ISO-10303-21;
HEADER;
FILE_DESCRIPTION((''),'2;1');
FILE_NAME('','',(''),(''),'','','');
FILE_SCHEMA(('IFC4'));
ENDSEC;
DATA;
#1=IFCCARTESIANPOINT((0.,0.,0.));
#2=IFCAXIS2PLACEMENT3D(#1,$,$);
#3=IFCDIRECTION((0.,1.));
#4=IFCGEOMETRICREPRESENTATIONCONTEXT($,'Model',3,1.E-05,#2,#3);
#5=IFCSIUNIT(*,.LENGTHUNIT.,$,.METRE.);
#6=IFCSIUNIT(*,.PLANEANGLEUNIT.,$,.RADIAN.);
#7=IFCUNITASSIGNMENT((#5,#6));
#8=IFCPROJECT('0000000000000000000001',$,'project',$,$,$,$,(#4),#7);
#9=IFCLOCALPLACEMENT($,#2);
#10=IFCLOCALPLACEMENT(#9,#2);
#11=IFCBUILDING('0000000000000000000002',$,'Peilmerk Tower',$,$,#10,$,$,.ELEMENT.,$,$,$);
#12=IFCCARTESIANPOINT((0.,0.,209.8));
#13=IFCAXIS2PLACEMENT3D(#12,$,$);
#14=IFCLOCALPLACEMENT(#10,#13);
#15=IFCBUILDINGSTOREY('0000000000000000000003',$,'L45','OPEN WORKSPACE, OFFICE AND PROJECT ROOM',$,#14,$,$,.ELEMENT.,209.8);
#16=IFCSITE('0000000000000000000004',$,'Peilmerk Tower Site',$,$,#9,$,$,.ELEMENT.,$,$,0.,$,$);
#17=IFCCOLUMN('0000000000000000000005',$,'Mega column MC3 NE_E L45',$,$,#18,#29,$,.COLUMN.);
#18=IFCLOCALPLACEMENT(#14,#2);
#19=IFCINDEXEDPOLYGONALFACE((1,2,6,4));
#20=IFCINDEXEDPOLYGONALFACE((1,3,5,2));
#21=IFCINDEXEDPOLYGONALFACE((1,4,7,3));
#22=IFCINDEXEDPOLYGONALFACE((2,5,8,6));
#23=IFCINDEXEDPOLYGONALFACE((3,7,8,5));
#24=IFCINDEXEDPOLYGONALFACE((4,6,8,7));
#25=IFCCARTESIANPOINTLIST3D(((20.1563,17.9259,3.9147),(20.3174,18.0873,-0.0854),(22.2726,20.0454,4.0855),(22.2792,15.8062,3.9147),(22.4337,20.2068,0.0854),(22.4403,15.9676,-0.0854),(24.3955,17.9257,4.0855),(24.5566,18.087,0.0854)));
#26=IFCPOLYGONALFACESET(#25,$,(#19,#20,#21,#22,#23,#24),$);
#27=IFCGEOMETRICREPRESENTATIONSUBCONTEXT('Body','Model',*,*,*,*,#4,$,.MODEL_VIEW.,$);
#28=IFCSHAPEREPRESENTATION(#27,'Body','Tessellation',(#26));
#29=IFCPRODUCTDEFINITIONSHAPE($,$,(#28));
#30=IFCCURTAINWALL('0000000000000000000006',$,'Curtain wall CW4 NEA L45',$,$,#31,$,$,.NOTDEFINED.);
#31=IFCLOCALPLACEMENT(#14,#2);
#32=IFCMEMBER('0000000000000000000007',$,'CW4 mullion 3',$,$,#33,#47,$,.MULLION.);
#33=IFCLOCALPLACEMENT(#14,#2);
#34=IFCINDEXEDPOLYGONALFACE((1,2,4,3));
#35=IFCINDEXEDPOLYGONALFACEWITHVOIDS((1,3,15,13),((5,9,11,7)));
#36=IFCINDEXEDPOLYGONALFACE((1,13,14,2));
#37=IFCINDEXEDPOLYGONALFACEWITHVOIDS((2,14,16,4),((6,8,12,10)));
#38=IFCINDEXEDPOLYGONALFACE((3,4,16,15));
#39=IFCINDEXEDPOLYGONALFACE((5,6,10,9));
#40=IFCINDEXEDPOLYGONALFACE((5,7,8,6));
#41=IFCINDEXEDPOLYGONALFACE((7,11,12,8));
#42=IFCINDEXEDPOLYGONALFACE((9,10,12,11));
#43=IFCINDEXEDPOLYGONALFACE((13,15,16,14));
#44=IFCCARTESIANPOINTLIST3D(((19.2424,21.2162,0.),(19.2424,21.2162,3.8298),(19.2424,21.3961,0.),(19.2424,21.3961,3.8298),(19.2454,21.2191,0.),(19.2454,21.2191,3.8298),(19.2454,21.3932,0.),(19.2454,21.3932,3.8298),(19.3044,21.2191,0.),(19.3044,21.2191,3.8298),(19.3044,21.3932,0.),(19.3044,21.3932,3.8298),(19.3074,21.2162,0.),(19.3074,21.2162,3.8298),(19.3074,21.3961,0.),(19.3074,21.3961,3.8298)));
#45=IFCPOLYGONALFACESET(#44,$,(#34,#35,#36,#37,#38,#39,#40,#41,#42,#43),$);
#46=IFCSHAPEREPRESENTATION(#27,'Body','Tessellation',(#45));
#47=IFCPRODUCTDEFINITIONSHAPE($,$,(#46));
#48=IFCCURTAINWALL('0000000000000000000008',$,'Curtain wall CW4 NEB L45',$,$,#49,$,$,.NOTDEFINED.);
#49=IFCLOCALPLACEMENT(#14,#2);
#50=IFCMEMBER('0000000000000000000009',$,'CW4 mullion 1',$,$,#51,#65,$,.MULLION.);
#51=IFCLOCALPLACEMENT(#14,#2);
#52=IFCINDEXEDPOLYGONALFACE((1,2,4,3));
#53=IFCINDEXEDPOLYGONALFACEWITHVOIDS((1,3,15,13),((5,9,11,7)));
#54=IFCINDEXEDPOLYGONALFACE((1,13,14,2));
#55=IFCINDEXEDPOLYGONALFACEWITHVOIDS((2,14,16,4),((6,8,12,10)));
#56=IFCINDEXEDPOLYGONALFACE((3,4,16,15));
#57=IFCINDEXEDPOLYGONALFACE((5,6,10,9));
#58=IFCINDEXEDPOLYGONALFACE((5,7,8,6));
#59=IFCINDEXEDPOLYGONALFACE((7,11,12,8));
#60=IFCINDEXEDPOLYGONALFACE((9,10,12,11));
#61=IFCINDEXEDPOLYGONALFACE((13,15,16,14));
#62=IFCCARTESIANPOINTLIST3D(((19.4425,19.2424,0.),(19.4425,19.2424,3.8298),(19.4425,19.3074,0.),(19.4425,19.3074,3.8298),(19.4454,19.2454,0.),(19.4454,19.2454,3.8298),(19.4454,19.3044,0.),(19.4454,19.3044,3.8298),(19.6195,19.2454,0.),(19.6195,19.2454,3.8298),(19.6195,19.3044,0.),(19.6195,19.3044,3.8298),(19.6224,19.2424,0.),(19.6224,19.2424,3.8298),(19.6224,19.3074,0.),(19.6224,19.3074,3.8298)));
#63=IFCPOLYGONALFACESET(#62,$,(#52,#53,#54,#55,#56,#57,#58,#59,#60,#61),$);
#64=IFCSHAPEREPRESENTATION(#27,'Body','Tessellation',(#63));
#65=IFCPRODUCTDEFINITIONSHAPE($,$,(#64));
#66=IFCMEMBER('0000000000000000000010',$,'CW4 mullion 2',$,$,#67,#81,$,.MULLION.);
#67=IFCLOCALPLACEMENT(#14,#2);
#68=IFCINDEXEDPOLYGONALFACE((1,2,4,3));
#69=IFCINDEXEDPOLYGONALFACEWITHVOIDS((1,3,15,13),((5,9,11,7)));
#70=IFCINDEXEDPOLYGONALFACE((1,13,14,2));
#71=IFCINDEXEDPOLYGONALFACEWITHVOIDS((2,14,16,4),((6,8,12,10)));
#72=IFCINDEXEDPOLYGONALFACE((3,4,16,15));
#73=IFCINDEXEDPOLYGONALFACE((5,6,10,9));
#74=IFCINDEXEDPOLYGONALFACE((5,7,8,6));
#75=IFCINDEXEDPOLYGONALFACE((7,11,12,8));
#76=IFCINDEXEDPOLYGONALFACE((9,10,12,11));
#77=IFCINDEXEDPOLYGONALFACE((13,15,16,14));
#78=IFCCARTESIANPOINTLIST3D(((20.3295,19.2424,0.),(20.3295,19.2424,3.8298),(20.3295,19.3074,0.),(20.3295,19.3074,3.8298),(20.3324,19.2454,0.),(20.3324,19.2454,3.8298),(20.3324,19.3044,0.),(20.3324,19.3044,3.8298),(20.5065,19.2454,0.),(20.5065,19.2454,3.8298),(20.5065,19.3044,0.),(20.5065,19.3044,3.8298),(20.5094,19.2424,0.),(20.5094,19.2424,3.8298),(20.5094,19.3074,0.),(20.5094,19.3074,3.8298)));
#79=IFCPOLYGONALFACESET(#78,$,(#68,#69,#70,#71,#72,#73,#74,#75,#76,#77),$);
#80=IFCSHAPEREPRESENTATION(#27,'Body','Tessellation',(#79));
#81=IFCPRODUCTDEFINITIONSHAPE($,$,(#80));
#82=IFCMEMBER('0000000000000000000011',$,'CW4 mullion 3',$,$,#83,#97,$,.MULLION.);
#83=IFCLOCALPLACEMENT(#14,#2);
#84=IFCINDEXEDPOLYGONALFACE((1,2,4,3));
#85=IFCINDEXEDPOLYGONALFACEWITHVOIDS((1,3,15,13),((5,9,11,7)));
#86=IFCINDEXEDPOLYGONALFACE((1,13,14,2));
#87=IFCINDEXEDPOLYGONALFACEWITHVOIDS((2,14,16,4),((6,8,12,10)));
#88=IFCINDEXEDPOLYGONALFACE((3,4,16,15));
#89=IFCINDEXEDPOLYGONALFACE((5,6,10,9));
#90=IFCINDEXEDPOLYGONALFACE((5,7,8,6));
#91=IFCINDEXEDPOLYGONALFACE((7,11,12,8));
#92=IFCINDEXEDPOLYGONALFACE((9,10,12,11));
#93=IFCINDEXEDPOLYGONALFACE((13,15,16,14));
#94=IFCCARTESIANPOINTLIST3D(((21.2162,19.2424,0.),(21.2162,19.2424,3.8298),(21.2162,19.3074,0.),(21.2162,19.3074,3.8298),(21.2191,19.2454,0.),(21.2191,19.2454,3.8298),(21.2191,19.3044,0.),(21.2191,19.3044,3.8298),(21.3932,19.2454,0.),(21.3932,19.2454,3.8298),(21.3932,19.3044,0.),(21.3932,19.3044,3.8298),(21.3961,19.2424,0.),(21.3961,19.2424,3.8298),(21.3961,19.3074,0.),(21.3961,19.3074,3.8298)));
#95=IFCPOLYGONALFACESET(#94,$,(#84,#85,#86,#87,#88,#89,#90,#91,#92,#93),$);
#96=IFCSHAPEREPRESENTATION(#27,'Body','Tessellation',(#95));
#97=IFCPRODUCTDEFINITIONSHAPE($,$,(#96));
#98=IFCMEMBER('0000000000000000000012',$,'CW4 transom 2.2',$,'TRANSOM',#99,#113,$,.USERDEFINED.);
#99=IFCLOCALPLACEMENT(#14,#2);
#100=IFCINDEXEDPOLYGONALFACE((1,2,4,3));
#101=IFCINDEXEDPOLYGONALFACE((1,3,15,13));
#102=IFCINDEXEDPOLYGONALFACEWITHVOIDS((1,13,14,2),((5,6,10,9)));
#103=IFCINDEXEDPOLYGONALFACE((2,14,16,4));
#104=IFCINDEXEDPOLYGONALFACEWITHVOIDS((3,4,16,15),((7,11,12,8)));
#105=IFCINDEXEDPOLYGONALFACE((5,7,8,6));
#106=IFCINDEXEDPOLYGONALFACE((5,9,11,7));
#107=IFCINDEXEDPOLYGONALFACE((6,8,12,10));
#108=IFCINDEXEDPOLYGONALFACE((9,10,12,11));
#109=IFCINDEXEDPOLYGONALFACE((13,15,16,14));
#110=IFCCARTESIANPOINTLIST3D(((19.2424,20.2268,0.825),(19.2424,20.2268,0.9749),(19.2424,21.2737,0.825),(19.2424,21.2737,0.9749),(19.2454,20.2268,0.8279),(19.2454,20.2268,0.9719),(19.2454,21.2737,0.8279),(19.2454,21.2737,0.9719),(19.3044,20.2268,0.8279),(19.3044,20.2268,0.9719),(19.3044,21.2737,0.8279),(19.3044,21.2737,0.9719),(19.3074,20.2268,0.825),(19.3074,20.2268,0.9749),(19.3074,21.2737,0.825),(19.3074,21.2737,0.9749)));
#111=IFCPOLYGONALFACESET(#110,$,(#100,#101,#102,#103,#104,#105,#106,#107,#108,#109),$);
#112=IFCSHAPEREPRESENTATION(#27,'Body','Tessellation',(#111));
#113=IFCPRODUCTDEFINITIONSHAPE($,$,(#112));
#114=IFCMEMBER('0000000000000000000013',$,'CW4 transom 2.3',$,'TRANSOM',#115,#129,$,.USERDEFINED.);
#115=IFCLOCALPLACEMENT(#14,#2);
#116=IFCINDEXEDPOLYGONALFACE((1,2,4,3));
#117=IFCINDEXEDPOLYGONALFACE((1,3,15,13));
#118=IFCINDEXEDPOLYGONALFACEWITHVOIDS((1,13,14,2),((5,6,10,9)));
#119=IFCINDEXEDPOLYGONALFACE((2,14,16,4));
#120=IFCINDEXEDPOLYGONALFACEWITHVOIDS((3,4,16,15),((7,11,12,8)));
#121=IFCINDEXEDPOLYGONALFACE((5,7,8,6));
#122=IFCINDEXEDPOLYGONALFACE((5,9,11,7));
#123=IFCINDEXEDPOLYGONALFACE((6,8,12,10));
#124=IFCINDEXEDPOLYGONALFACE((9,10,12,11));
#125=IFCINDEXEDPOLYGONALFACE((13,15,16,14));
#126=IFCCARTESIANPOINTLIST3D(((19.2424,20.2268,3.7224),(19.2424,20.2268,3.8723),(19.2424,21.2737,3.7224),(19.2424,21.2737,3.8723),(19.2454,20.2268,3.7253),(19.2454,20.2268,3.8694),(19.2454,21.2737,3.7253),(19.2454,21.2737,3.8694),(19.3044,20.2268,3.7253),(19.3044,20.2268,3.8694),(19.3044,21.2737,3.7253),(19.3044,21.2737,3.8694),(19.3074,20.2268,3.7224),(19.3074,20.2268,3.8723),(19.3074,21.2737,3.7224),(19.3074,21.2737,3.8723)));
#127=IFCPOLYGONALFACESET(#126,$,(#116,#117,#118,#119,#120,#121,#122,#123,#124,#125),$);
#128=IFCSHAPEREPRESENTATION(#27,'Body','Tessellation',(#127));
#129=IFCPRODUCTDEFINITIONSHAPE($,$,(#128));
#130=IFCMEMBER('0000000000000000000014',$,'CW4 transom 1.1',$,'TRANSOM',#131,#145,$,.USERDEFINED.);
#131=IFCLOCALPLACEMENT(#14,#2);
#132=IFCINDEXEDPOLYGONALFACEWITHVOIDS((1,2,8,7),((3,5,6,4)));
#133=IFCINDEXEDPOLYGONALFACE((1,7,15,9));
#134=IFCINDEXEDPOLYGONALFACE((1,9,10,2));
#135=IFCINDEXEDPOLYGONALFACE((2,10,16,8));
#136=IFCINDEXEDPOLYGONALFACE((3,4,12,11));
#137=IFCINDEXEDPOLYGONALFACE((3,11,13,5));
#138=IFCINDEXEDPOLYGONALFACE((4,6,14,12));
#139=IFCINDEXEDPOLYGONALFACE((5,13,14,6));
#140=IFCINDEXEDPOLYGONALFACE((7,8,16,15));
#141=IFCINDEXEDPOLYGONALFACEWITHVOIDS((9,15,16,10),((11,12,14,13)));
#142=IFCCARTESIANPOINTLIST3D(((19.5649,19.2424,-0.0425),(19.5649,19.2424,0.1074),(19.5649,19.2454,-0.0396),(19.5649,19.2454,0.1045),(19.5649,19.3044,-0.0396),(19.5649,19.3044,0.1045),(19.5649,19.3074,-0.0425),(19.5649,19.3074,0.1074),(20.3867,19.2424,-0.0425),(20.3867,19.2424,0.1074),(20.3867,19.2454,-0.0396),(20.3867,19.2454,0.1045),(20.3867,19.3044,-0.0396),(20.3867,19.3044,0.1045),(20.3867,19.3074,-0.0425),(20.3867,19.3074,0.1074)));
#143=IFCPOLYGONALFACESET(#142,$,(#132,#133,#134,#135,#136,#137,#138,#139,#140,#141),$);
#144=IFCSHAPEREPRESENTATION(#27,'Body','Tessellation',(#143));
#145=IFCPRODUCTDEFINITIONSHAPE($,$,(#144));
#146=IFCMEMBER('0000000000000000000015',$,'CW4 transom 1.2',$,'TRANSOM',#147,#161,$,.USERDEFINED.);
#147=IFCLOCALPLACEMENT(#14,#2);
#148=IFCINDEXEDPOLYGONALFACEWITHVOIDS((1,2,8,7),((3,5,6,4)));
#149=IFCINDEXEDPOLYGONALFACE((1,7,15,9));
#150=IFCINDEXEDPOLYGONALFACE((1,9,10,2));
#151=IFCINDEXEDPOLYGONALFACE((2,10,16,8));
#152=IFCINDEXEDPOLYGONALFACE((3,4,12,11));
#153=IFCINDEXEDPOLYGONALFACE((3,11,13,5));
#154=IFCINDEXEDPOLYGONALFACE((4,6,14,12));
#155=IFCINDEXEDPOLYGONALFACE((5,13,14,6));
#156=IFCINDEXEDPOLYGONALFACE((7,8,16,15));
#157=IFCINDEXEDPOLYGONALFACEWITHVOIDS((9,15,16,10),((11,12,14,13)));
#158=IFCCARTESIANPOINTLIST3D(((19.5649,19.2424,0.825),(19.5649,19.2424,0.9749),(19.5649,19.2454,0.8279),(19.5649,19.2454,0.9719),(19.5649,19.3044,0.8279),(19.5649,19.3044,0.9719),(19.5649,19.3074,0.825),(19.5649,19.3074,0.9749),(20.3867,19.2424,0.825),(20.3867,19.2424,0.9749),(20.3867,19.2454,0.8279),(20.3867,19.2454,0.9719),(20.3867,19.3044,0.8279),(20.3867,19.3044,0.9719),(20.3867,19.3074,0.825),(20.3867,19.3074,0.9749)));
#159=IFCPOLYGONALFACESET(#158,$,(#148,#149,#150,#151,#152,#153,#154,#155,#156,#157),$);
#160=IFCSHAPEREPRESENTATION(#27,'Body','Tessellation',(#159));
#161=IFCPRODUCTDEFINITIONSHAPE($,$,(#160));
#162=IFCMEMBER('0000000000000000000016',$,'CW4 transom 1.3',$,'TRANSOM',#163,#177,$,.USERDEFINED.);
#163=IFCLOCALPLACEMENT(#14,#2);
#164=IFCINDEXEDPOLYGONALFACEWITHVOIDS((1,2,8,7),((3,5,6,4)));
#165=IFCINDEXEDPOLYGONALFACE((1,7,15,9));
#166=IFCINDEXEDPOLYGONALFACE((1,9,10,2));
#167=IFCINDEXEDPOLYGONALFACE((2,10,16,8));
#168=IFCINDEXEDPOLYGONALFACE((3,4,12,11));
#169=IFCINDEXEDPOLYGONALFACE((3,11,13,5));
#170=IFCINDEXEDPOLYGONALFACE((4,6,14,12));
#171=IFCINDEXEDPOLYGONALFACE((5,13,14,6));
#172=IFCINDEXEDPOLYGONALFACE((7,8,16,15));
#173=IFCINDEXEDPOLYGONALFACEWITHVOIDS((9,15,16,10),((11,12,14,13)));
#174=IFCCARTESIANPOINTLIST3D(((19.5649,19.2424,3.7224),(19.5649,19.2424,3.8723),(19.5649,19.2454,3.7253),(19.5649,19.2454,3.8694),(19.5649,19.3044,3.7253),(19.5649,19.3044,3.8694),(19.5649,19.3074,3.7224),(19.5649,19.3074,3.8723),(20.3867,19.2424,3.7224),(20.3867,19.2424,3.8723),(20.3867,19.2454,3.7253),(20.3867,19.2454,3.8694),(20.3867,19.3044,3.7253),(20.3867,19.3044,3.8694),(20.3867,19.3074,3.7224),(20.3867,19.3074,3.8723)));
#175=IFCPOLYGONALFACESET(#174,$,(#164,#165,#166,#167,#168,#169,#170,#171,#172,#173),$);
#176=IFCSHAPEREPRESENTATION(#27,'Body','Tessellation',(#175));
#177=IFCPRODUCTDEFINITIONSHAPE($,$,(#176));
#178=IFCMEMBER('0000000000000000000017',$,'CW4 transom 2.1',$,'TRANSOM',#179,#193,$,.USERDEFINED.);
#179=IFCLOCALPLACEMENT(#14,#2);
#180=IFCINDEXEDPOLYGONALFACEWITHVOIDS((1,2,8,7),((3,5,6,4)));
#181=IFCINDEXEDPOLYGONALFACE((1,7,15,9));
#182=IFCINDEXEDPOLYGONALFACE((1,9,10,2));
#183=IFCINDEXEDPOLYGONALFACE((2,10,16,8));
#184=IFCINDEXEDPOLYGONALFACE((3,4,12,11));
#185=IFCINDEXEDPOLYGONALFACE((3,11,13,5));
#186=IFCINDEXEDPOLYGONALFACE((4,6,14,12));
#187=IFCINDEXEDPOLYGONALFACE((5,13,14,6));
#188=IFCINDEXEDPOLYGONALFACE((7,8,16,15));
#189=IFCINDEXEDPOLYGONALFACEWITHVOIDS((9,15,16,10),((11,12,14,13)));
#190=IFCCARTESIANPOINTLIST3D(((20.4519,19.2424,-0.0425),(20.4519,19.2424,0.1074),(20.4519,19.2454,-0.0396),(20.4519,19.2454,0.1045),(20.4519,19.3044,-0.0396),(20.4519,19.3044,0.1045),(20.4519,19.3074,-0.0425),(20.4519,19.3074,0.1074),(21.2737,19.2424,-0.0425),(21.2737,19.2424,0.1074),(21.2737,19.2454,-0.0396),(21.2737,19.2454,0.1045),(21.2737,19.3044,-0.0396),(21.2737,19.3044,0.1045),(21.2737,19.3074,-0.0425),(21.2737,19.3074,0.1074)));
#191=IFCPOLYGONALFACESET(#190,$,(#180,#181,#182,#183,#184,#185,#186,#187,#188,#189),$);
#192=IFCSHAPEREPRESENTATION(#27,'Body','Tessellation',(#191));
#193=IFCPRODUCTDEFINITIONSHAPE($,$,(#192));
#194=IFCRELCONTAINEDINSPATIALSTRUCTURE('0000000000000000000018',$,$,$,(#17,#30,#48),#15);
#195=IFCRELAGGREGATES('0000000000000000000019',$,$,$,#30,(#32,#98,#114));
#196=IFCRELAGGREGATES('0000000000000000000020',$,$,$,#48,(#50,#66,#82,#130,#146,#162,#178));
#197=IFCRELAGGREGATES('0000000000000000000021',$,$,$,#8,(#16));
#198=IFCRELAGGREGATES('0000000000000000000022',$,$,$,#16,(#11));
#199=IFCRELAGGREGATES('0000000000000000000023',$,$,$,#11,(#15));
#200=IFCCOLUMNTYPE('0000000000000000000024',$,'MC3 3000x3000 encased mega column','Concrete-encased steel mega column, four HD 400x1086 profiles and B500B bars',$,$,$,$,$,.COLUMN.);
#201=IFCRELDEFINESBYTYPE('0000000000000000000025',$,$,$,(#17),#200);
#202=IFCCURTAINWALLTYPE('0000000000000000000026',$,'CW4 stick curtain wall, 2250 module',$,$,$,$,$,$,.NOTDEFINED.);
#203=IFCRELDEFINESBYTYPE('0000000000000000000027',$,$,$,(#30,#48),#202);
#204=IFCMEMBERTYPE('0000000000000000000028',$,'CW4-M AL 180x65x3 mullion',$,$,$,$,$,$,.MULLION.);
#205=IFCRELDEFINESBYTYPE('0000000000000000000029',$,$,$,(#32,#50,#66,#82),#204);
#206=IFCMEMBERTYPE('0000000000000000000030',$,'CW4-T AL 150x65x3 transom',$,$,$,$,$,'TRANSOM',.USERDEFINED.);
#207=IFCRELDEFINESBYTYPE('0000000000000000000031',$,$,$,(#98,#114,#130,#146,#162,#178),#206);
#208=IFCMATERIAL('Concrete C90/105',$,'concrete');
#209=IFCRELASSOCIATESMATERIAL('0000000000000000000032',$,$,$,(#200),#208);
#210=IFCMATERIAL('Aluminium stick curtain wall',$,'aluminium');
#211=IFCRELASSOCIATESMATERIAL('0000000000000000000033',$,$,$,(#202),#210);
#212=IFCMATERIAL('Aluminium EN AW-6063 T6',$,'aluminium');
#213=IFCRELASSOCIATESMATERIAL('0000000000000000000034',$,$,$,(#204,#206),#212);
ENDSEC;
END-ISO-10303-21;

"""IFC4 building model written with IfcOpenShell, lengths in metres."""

from ifc_helpers import new_model, si_unit, direction, frame, origin, origin_2d, place, context, subcontext, project, spatial, rectangle, hollow_rectangle, extrude, material, material_profile, profile_set, type_object, element, aggregate, save


model = new_model("IFC4")

# Units and contexts
model_context = context("Model", 3, precision=1e-05, world=origin(), true_north=direction((0.0, 1.0)))
body_context = subcontext(model_context, "Body", "Model", "MODEL_VIEW")
ifc_project = project(units=[si_unit("LENGTHUNIT", "METRE"), si_unit("PLANEANGLEUNIT", "RADIAN")], contexts=[model_context])

# Site, building, storey
site_placement = place(None, origin())
site = spatial("IfcSite", under=ifc_project, at=site_placement, Name="Peilmerk Tower Site", CompositionType="ELEMENT", RefElevation=0.0)
building_placement = place(site_placement, origin())
building = spatial("IfcBuilding", under=site, at=building_placement, Name="Peilmerk Tower", CompositionType="ELEMENT")
storey_placement = place(building_placement, frame((0.0, 0.0, 209.8)))
storey = spatial("IfcBuildingStorey", under=building, at=storey_placement, Name="L45", Description="OPEN WORKSPACE, OFFICE AND PROJECT ROOM", CompositionType="ELEMENT", Elevation=209.8)

# Column
ifc_material_1 = material(Name="Concrete C90/105", Category="concrete")
ifc_material_profile_1 = material_profile(ifc_material_1, rectangle(XDim=3.0, YDim=3.0, at=origin_2d()), Name="RC 3000x3000")
ifc_profile_set_1 = profile_set([ifc_material_profile_1], Name="Concrete C90/105")
column_type = type_object("IfcColumnType", Name="MC3 3000x3000 encased mega column", Description="Concrete-encased steel mega column, four HD 400x1086 profiles and B500B bars", PredefinedType="COLUMN", material=ifc_profile_set_1)
column_placement = place(storey_placement, frame((22.437, 18.0872, 0.0), z_axis=(-0.040218, -0.040279, 0.998379), x_axis=(0.707642, -0.706571, 0.0)))
element("IfcColumn", 1, at=column_placement, inside=storey, type_object=column_type, Name="Mega column MC3 NE_E L45", PredefinedType="COLUMN", context=body_context, shape_type="SweptSolid", body=[
    extrude(rectangle(XDim=3.0, YDim=3.0, at=origin_2d()), origin(), (0.0, 0.0, 1.0), 4.0066),
])

# Curtain wall, member
ifc_material_2 = material(Name="Aluminium stick curtain wall", Category="aluminium")
curtain_wall_type = type_object("IfcCurtainWallType", Name="CW4 stick curtain wall, 2250 module", PredefinedType="NOTDEFINED", material=ifc_material_2)
curtain_wall_1_placement = place(storey_placement, origin())
curtain_wall_1 = element("IfcCurtainWall", 2, at=curtain_wall_1_placement, inside=storey, type_object=curtain_wall_type, Name="Curtain wall CW4 NEA L45", PredefinedType="NOTDEFINED")
ifc_material_3 = material(Name="Aluminium EN AW-6063 T6", Category="aluminium")
ifc_material_profile_2 = material_profile(ifc_material_3, hollow_rectangle(XDim=0.0649, YDim=0.1799, WallThickness=0.0029, at=origin_2d()), Name="AL 180x65x3")
ifc_profile_set_2 = profile_set([ifc_material_profile_2], Name="Aluminium EN AW-6063 T6")
member_type_1 = type_object("IfcMemberType", Name="CW4-M AL 180x65x3 mullion", PredefinedType="MULLION", material=ifc_profile_set_2)
member_1_placement = place(storey_placement, frame((19.2749, 21.3062, 0.0), z_axis=(0.0, 0.0, 1.0), x_axis=(-1.0, 0.0, 0.0)))
member_1 = element("IfcMember", 3, at=member_1_placement, type_object=member_type_1, Name="CW4 mullion 3", PredefinedType="MULLION", context=body_context, shape_type="SweptSolid", body=[
    extrude(hollow_rectangle(XDim=0.0649, YDim=0.1799, WallThickness=0.0029, at=origin_2d()), origin(), (0.0, 0.0, 1.0), 3.8298),
])

# Curtain wall, members
curtain_wall_2_placement = place(storey_placement, origin())
curtain_wall_2 = element("IfcCurtainWall", 4, at=curtain_wall_2_placement, inside=storey, type_object=curtain_wall_type, Name="Curtain wall CW4 NEB L45", PredefinedType="NOTDEFINED")
member_2_placement = place(storey_placement, frame((19.5325, 19.2749, 0.0), z_axis=(0.0, 0.0, 1.0), x_axis=(0.0, 1.0, 0.0)))
member_2 = element("IfcMember", 5, at=member_2_placement, type_object=member_type_1, Name="CW4 mullion 1", PredefinedType="MULLION", context=body_context, shape_type="SweptSolid", body=[
    extrude(hollow_rectangle(XDim=0.0649, YDim=0.1799, WallThickness=0.0029, at=origin_2d()), origin(), (0.0, 0.0, 1.0), 3.8298),
])
member_3_placement = place(storey_placement, frame((20.4194, 19.2749, 0.0), z_axis=(0.0, 0.0, 1.0), x_axis=(0.0, 1.0, 0.0)))
member_3 = element("IfcMember", 6, at=member_3_placement, type_object=member_type_1, Name="CW4 mullion 2", PredefinedType="MULLION", context=body_context, shape_type="SweptSolid", body=[
    extrude(hollow_rectangle(XDim=0.0649, YDim=0.1799, WallThickness=0.0029, at=origin_2d()), origin(), (0.0, 0.0, 1.0), 3.8298),
])
member_4_placement = place(storey_placement, frame((21.3062, 19.2749, 0.0), z_axis=(0.0, 0.0, 1.0), x_axis=(0.0, 1.0, 0.0)))
member_4 = element("IfcMember", 7, at=member_4_placement, type_object=member_type_1, Name="CW4 mullion 3", PredefinedType="MULLION", context=body_context, shape_type="SweptSolid", body=[
    extrude(hollow_rectangle(XDim=0.0649, YDim=0.1799, WallThickness=0.0029, at=origin_2d()), origin(), (0.0, 0.0, 1.0), 3.8298),
])

# Members
ifc_material_profile_3 = material_profile(ifc_material_3, hollow_rectangle(XDim=0.0649, YDim=0.1499, WallThickness=0.0029, at=origin_2d()), Name="AL 150x65x3")
ifc_profile_set_3 = profile_set([ifc_material_profile_3], Name="Aluminium EN AW-6063 T6")
member_type_2 = type_object("IfcMemberType", Name="CW4-T AL 150x65x3 transom", ElementType="TRANSOM", PredefinedType="USERDEFINED", material=ifc_profile_set_3)
member_5_placement = place(storey_placement, frame((19.2749, 20.2268, 0.8999), z_axis=(0.0, 1.0, 0.0), x_axis=(-1.0, 0.0, 0.0)))
member_5 = element("IfcMember", 8, at=member_5_placement, type_object=member_type_2, Name="CW4 transom 2.2", ObjectType="TRANSOM", PredefinedType="USERDEFINED", context=body_context, shape_type="SweptSolid", body=[
    extrude(hollow_rectangle(XDim=0.0649, YDim=0.1499, WallThickness=0.0029, at=origin_2d()), origin(), (0.0, 0.0, 1.0), 1.0469),
])
member_6_placement = place(storey_placement, frame((19.2749, 20.2268, 3.7974), z_axis=(0.0, 1.0, 0.0), x_axis=(-1.0, 0.0, 0.0)))
member_6 = element("IfcMember", 9, at=member_6_placement, type_object=member_type_2, Name="CW4 transom 2.3", ObjectType="TRANSOM", PredefinedType="USERDEFINED", context=body_context, shape_type="SweptSolid", body=[
    extrude(hollow_rectangle(XDim=0.0649, YDim=0.1499, WallThickness=0.0029, at=origin_2d()), origin(), (0.0, 0.0, 1.0), 1.0469),
])
member_7_placement = place(storey_placement, frame((19.5649, 19.2749, 0.0325), z_axis=(1.0, 0.0, 0.0), x_axis=(0.0, 1.0, 0.0)))
member_7 = element("IfcMember", 10, at=member_7_placement, type_object=member_type_2, Name="CW4 transom 1.1", ObjectType="TRANSOM", PredefinedType="USERDEFINED", context=body_context, shape_type="SweptSolid", body=[
    extrude(hollow_rectangle(XDim=0.0649, YDim=0.1499, WallThickness=0.0029, at=origin_2d()), origin(), (0.0, 0.0, 1.0), 0.8218),
])
member_8_placement = place(storey_placement, frame((19.5649, 19.2749, 0.8999), z_axis=(1.0, 0.0, 0.0), x_axis=(0.0, 1.0, 0.0)))
member_8 = element("IfcMember", 11, at=member_8_placement, type_object=member_type_2, Name="CW4 transom 1.2", ObjectType="TRANSOM", PredefinedType="USERDEFINED", context=body_context, shape_type="SweptSolid", body=[
    extrude(hollow_rectangle(XDim=0.0649, YDim=0.1499, WallThickness=0.0029, at=origin_2d()), origin(), (0.0, 0.0, 1.0), 0.8218),
])
member_9_placement = place(storey_placement, frame((19.5649, 19.2749, 3.7974), z_axis=(1.0, 0.0, 0.0), x_axis=(0.0, 1.0, 0.0)))
member_9 = element("IfcMember", 12, at=member_9_placement, type_object=member_type_2, Name="CW4 transom 1.3", ObjectType="TRANSOM", PredefinedType="USERDEFINED", context=body_context, shape_type="SweptSolid", body=[
    extrude(hollow_rectangle(XDim=0.0649, YDim=0.1499, WallThickness=0.0029, at=origin_2d()), origin(), (0.0, 0.0, 1.0), 0.8218),
])
member_10_placement = place(storey_placement, frame((20.4519, 19.2749, 0.0325), z_axis=(1.0, 0.0, 0.0), x_axis=(0.0, 1.0, 0.0)))
member_10 = element("IfcMember", 13, at=member_10_placement, type_object=member_type_2, Name="CW4 transom 2.1", ObjectType="TRANSOM", PredefinedType="USERDEFINED", context=body_context, shape_type="SweptSolid", body=[
    extrude(hollow_rectangle(XDim=0.0649, YDim=0.1499, WallThickness=0.0029, at=origin_2d()), origin(), (0.0, 0.0, 1.0), 0.8218),
])

aggregate(curtain_wall_1, [member_1, member_5, member_6])
aggregate(curtain_wall_2, [member_2, member_3, member_4, member_7, member_8, member_9, member_10])

save(model, "model.ifc")
